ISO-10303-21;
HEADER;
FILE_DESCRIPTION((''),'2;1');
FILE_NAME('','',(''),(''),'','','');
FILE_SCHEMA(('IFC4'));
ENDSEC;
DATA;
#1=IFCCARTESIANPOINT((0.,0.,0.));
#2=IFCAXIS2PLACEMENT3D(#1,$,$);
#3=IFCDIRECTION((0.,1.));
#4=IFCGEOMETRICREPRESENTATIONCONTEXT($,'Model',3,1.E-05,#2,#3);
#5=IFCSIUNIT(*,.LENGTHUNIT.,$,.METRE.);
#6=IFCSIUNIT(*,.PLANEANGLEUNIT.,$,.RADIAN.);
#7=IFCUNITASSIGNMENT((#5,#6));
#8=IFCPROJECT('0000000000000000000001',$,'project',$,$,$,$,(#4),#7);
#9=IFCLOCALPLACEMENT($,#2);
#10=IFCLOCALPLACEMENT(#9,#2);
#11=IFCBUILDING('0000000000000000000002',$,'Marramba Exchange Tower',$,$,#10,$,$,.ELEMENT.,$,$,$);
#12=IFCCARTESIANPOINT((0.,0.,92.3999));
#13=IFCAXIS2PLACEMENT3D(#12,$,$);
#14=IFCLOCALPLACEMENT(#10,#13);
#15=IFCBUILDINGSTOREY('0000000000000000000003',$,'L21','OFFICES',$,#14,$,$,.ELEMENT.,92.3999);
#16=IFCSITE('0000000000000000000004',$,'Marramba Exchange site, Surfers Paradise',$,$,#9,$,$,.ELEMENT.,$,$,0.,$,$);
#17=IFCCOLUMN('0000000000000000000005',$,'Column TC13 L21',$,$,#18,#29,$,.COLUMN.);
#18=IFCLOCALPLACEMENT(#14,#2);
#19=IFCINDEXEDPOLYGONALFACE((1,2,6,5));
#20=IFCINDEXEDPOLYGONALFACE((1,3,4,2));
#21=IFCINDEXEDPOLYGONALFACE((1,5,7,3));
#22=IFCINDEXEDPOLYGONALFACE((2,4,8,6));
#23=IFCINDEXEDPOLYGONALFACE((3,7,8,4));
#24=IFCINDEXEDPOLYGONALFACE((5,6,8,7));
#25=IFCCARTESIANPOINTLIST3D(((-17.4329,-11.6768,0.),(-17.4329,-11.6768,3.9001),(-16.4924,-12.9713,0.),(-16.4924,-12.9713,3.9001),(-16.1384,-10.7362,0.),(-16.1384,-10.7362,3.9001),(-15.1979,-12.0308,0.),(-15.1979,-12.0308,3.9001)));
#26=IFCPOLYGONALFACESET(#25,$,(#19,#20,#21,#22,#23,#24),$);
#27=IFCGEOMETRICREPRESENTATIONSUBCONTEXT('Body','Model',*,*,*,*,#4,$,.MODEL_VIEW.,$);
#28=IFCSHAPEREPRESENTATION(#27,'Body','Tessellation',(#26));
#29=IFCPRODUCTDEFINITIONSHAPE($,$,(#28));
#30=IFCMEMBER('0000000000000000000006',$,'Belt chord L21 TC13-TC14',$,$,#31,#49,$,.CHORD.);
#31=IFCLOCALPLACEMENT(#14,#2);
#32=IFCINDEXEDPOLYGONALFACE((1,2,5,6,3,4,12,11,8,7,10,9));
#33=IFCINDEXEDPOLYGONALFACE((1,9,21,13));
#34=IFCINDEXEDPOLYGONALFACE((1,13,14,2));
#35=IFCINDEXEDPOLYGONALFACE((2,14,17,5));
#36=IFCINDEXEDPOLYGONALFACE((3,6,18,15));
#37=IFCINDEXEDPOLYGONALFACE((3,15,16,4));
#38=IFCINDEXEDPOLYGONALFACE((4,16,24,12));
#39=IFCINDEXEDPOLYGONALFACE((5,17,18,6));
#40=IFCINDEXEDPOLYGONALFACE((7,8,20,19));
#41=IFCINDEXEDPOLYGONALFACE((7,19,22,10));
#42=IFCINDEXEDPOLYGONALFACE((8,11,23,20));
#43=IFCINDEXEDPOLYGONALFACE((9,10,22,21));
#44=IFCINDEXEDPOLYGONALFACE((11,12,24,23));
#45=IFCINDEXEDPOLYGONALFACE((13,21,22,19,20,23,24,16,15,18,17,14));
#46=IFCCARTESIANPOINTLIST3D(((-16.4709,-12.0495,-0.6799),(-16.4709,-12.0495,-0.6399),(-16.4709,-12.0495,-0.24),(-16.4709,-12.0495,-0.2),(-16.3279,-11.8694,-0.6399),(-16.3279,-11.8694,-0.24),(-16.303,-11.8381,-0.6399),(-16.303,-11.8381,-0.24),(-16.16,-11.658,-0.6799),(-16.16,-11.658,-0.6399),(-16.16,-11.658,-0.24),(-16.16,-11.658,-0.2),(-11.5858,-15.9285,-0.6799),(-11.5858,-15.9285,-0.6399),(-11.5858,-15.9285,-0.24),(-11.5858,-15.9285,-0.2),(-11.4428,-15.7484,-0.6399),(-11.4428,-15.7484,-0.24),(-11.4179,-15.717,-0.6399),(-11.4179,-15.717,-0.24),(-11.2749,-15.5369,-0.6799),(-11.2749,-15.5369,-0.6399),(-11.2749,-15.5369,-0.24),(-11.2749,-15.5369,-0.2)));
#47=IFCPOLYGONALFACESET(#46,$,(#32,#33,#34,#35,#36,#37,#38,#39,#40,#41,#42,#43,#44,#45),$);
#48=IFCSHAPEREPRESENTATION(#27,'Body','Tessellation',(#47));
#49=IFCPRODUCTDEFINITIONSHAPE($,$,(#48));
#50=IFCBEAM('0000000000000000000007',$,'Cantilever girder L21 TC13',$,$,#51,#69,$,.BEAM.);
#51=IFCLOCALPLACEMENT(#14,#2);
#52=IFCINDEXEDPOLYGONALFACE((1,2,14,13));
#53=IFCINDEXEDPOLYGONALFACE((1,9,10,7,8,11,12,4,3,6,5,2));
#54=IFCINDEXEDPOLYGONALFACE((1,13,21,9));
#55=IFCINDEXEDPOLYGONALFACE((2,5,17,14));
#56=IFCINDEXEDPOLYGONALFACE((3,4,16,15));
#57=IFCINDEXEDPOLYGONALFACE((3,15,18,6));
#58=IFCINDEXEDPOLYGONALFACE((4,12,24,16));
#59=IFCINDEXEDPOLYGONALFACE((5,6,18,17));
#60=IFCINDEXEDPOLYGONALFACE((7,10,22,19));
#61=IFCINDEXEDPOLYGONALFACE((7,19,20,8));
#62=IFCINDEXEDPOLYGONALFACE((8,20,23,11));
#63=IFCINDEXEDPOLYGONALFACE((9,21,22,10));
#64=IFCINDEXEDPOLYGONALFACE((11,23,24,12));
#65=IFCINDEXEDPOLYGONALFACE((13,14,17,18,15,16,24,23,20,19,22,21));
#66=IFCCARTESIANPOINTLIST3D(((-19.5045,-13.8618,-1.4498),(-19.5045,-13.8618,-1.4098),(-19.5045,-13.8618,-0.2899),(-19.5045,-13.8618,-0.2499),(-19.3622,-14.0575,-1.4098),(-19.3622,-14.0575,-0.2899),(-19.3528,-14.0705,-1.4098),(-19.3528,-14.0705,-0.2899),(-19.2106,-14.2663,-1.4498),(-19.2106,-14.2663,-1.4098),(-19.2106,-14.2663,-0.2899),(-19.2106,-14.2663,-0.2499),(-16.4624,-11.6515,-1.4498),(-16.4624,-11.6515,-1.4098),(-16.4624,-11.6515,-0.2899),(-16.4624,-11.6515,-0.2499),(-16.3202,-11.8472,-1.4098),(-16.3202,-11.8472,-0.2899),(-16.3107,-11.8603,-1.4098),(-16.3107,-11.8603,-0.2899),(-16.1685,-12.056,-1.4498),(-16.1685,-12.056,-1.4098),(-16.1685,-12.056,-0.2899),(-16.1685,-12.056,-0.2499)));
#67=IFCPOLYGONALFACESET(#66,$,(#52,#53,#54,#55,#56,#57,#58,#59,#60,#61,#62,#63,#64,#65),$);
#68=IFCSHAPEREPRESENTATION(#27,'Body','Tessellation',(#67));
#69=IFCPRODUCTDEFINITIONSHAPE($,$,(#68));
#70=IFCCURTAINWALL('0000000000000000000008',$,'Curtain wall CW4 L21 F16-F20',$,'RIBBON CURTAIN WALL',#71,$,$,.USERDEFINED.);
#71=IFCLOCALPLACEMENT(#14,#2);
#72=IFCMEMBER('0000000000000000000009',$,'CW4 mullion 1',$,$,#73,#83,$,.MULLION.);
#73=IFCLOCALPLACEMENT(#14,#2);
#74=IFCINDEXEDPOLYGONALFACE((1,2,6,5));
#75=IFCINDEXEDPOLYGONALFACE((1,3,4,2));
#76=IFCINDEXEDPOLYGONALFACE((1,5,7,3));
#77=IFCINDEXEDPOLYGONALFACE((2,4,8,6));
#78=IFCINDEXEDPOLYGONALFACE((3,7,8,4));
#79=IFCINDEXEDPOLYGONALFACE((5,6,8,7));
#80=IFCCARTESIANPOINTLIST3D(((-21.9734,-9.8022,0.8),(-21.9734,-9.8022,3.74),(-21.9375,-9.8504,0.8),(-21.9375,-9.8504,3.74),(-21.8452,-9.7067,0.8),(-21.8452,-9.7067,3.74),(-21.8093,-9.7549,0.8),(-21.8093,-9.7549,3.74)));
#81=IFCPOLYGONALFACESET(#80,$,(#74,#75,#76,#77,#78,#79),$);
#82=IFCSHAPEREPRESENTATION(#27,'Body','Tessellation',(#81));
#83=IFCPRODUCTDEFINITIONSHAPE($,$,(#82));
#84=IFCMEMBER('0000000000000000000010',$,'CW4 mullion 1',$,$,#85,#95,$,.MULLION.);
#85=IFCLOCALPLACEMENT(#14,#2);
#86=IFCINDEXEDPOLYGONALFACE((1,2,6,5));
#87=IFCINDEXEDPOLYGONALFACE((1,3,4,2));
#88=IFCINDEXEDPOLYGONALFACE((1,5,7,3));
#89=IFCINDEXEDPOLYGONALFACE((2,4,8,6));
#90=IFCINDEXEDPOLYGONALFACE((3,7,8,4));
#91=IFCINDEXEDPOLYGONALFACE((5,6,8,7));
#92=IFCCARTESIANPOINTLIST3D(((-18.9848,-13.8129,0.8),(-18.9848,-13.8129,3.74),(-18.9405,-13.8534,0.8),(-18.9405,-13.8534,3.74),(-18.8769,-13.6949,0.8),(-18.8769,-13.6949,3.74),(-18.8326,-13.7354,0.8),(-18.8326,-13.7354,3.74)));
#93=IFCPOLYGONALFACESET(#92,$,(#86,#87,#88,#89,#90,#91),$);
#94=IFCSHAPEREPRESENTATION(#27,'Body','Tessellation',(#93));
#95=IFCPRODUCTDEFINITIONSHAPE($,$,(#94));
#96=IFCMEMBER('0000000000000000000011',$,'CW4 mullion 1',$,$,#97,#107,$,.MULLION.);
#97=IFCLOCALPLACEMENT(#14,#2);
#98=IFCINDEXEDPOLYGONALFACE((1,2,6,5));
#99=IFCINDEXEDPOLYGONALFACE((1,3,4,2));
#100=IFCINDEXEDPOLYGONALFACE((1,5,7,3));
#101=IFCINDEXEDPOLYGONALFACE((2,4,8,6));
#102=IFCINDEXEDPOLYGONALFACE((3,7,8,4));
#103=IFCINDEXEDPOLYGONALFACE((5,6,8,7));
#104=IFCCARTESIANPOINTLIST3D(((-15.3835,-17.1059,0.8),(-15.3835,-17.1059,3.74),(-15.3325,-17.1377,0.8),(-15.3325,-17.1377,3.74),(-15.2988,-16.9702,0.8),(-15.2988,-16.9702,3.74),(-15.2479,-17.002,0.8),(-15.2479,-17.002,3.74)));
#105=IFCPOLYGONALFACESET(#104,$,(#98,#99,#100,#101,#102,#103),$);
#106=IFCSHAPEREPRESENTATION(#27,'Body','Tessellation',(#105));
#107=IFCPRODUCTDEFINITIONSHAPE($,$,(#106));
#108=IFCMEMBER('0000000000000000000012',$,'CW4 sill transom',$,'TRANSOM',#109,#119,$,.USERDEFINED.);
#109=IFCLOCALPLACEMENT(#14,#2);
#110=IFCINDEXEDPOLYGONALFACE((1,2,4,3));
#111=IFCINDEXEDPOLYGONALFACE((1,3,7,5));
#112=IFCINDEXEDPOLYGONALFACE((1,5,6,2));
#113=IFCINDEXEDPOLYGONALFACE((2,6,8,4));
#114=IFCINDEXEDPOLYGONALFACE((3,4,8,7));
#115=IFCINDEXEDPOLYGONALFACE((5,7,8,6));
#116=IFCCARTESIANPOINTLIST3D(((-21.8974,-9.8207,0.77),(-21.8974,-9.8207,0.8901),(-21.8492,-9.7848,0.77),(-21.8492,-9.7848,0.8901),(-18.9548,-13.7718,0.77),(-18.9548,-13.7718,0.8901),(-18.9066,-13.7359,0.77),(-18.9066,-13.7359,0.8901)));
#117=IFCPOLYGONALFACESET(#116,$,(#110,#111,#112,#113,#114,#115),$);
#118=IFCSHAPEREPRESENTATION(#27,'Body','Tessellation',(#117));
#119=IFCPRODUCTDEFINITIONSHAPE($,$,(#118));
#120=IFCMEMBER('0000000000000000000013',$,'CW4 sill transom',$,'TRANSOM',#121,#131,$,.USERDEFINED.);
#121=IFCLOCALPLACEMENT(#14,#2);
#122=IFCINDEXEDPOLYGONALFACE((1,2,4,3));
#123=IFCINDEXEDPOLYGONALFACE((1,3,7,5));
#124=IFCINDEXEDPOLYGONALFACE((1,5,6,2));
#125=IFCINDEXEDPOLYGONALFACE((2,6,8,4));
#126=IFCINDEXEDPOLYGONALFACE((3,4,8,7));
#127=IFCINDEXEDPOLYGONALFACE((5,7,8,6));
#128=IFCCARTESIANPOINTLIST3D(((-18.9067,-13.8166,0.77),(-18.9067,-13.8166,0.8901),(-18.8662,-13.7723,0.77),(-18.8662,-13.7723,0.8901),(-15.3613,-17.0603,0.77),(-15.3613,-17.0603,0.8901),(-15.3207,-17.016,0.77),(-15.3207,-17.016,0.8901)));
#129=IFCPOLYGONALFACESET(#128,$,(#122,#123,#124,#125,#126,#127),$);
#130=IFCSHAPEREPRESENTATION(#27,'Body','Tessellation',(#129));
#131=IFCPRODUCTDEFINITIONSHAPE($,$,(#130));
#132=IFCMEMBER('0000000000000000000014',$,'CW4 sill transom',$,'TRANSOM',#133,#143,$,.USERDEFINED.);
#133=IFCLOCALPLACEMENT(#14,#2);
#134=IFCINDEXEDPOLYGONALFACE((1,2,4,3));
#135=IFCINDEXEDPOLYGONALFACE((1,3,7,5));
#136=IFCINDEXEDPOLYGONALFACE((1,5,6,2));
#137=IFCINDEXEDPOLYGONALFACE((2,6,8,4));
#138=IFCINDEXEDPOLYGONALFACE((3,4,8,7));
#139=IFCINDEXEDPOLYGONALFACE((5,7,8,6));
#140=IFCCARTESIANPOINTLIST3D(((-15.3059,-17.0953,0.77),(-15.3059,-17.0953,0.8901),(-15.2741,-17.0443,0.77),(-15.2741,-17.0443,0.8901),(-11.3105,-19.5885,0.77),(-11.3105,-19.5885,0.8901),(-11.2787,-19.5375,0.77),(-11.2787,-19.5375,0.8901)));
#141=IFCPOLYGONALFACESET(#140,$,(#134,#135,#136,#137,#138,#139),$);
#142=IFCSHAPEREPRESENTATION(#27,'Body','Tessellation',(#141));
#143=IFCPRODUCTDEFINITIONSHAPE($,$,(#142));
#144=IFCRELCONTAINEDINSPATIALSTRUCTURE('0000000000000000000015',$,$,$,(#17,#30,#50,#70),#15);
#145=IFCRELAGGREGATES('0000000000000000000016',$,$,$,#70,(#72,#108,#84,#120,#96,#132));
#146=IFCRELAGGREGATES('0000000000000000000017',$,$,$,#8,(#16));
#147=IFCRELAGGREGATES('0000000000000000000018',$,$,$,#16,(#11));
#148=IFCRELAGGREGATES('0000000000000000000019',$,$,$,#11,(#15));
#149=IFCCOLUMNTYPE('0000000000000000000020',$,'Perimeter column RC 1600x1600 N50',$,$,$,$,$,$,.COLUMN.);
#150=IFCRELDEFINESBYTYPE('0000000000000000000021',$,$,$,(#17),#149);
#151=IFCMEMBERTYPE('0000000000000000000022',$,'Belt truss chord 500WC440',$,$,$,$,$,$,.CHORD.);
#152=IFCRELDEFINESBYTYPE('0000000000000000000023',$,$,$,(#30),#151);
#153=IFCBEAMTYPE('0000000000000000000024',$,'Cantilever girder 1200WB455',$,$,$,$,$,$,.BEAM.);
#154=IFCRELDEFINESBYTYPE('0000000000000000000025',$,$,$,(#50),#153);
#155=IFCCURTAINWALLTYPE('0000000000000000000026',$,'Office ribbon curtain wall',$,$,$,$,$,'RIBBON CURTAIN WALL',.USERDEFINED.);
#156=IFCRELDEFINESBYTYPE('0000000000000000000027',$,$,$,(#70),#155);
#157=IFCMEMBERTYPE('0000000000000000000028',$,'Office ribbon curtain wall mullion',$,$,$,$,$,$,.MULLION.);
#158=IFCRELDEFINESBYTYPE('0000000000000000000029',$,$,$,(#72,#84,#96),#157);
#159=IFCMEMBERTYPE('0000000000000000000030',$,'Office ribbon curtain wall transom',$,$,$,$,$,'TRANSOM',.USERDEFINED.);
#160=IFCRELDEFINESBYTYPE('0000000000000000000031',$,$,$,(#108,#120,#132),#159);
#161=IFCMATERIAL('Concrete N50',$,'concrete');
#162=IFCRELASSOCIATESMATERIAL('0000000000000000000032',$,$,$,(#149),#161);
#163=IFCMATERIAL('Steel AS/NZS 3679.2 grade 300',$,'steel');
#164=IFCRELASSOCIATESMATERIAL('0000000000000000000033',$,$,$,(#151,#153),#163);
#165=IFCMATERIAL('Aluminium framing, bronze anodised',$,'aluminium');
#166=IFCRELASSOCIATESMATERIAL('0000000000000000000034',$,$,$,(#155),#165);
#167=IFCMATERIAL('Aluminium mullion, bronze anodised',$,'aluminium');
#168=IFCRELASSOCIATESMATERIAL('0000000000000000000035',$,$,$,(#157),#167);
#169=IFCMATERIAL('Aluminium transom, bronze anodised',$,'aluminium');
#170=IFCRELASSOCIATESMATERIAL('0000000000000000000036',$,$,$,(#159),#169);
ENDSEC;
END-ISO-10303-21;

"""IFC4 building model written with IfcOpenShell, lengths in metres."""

from ifc_helpers import new_model, si_unit, direction, frame, origin, origin_2d, place, context, subcontext, project, spatial, rectangle, i_section, extrude, material, material_profile, profile_set, type_object, element, aggregate, save


model = new_model("IFC4")

# Units and contexts
model_context = context("Model", 3, precision=1e-05, world=origin(), true_north=direction((0.0, 1.0)))
body_context = subcontext(model_context, "Body", "Model", "MODEL_VIEW")
ifc_project = project(units=[si_unit("LENGTHUNIT", "METRE"), si_unit("PLANEANGLEUNIT", "RADIAN")], contexts=[model_context])

# Site, building, storey
site_placement = place(None, origin())
site = spatial("IfcSite", under=ifc_project, at=site_placement, Name="Marramba Exchange site, Surfers Paradise", CompositionType="ELEMENT", RefElevation=0.0)
building_placement = place(site_placement, origin())
building = spatial("IfcBuilding", under=site, at=building_placement, Name="Marramba Exchange Tower", CompositionType="ELEMENT")
storey_placement = place(building_placement, frame((0.0, 0.0, 92.3999)))
storey = spatial("IfcBuildingStorey", under=building, at=storey_placement, Name="L21", Description="OFFICES", CompositionType="ELEMENT", Elevation=92.3999)

# Column
ifc_material_1 = material(Name="Concrete N50", Category="concrete")
ifc_material_profile_1 = material_profile(ifc_material_1, rectangle(XDim=1.6001, YDim=1.6001, at=origin_2d()), Name="RC 1600x1600")
ifc_profile_set_1 = profile_set([ifc_material_profile_1], Name="Concrete N50")
column_type = type_object("IfcColumnType", Name="Perimeter column RC 1600x1600 N50", PredefinedType="COLUMN", material=ifc_profile_set_1)
column_placement = place(storey_placement, frame((-16.3154, -11.8538, 0.0), z_axis=(0.0, 0.0, 1.0), x_axis=(-0.809017, -0.587785, 0.0)))
element("IfcColumn", 1, at=column_placement, inside=storey, type_object=column_type, Name="Column TC13 L21", PredefinedType="COLUMN", context=body_context, shape_type="SweptSolid", body=[
    extrude(rectangle(XDim=1.6001, YDim=1.6001, at=origin_2d()), origin(), (0.0, 0.0, 1.0), 3.9001),
])

# Member
ifc_material_2 = material(Name="Steel AS/NZS 3679.2 grade 300", Category="steel")
ifc_material_profile_2 = material_profile(ifc_material_2, i_section(OverallWidth=0.5, OverallDepth=0.48, WebThickness=0.04, FlangeThickness=0.04, at=origin_2d()), Name="500WC440")
ifc_profile_set_2 = profile_set([ifc_material_profile_2], Name="Steel AS/NZS 3679.2 grade 300")
member_type_1 = type_object("IfcMemberType", Name="Belt truss chord 500WC440", PredefinedType="CHORD", material=ifc_profile_set_2)
member_1_placement = place(storey_placement, frame((-16.3154, -11.8538, -0.4399), z_axis=(0.783139, -0.621846, 0.0), x_axis=(0.621846, 0.783139, 0.0)))
element("IfcMember", 2, at=member_1_placement, inside=storey, type_object=member_type_1, Name="Belt chord L21 TC13-TC14", PredefinedType="CHORD", context=body_context, shape_type="SweptSolid", body=[
    extrude(i_section(OverallWidth=0.5, OverallDepth=0.48, WebThickness=0.04, FlangeThickness=0.04, at=origin_2d()), origin(), (0.0, 0.0, 1.0), 6.2378),
])

# Beam
ifc_material_profile_3 = material_profile(ifc_material_2, i_section(OverallWidth=0.5, OverallDepth=1.2, WebThickness=0.0161, FlangeThickness=0.04, at=origin_2d()), Name="1200WB455")
ifc_profile_set_3 = profile_set([ifc_material_profile_3], Name="Steel AS/NZS 3679.2 grade 300")
beam_type_1 = type_object("IfcBeamType", Name="Cantilever girder 1200WB455", PredefinedType="BEAM", material=ifc_profile_set_3)
beam_1_placement = place(storey_placement, frame((-16.3154, -11.8538, -0.8499), z_axis=(-0.809008, -0.587797, 0.0), x_axis=(0.587797, -0.809008, 0.0)))
element("IfcBeam", 3, at=beam_1_placement, inside=storey, type_object=beam_type_1, Name="Cantilever girder L21 TC13", PredefinedType="BEAM", context=body_context, shape_type="SweptSolid", body=[
    extrude(i_section(OverallWidth=0.5, OverallDepth=1.2, WebThickness=0.0161, FlangeThickness=0.04, at=origin_2d()), origin(), (0.0, 0.0, 1.0), 3.7603),
])

# Curtain wall, members
ifc_material_3 = material(Name="Aluminium framing, bronze anodised", Category="aluminium")
curtain_wall_type = type_object("IfcCurtainWallType", Name="Office ribbon curtain wall", ElementType="RIBBON CURTAIN WALL", PredefinedType="USERDEFINED", material=ifc_material_3)
curtain_wall_placement = place(storey_placement, origin())
curtain_wall = element("IfcCurtainWall", 4, at=curtain_wall_placement, inside=storey, type_object=curtain_wall_type, Name="Curtain wall CW4 L21 F16-F20", ObjectType="RIBBON CURTAIN WALL", PredefinedType="USERDEFINED")
ifc_material_4 = material(Name="Aluminium mullion, bronze anodised", Category="aluminium")
ifc_material_profile_4 = material_profile(ifc_material_4, rectangle(XDim=0.1599, YDim=0.0601, at=origin_2d()), Name="CW4 mullion 60x160")
ifc_profile_set_4 = profile_set([ifc_material_profile_4], Name="Aluminium mullion, bronze anodised")
member_type_2 = type_object("IfcMemberType", Name="Office ribbon curtain wall mullion", PredefinedType="MULLION", material=ifc_profile_set_4)
member_2_placement = place(storey_placement, frame((-21.8914, -9.7786, 0.8), z_axis=(0.0, 0.0, 1.0), x_axis=(0.802014, 0.597305, 0.0)))
member_2 = element("IfcMember", 5, at=member_2_placement, type_object=member_type_2, Name="CW4 mullion 1", PredefinedType="MULLION", context=body_context, shape_type="SweptSolid", body=[
    extrude(rectangle(XDim=0.1599, YDim=0.0601, at=origin_2d()), origin(), (0.0, 0.0, 1.0), 2.9399),
])
member_3_placement = place(storey_placement, frame((-18.9087, -13.7742, 0.8), z_axis=(0.0, 0.0, 1.0), x_axis=(0.674995, 0.737822, 0.0)))
member_3 = element("IfcMember", 6, at=member_3_placement, type_object=member_type_2, Name="CW4 mullion 1", PredefinedType="MULLION", context=body_context, shape_type="SweptSolid", body=[
    extrude(rectangle(XDim=0.1599, YDim=0.0601, at=origin_2d()), origin(), (0.0, 0.0, 1.0), 2.9399),
])
member_4_placement = place(storey_placement, frame((-15.3157, -17.054, 0.8), z_axis=(0.0, 0.0, 1.0), x_axis=(0.529428, 0.848355, 0.0)))
member_4 = element("IfcMember", 7, at=member_4_placement, type_object=member_type_2, Name="CW4 mullion 1", PredefinedType="MULLION", context=body_context, shape_type="SweptSolid", body=[
    extrude(rectangle(XDim=0.1599, YDim=0.0601, at=origin_2d()), origin(), (0.0, 0.0, 1.0), 2.9399),
])
ifc_material_5 = material(Name="Aluminium transom, bronze anodised", Category="aluminium")
ifc_material_profile_5 = material_profile(ifc_material_5, rectangle(XDim=0.0601, YDim=0.1201, at=origin_2d()), Name="CW4 transom 60x120")
ifc_profile_set_5 = profile_set([ifc_material_profile_5], Name="Aluminium transom, bronze anodised")
member_type_3 = type_object("IfcMemberType", Name="Office ribbon curtain wall transom", ElementType="TRANSOM", PredefinedType="USERDEFINED", material=ifc_profile_set_5)
member_5_placement = place(storey_placement, frame((-21.8733, -9.8027, 0.8301), z_axis=(0.597301, -0.802017, 0.0), x_axis=(0.802017, 0.597301, 0.0)))
member_5 = element("IfcMember", 8, at=member_5_placement, type_object=member_type_3, Name="CW4 sill transom", ObjectType="TRANSOM", PredefinedType="USERDEFINED", context=body_context, shape_type="SweptSolid", body=[
    extrude(rectangle(XDim=0.0601, YDim=0.1201, at=origin_2d()), origin(), (0.0, 0.0, 1.0), 4.9265),
])
member_6_placement = place(storey_placement, frame((-18.8865, -13.7944, 0.8301), z_axis=(0.737808, -0.675011, 0.0), x_axis=(0.675011, 0.737808, 0.0)))
member_6 = element("IfcMember", 9, at=member_6_placement, type_object=member_type_3, Name="CW4 sill transom", ObjectType="TRANSOM", PredefinedType="USERDEFINED", context=body_context, shape_type="SweptSolid", body=[
    extrude(rectangle(XDim=0.0601, YDim=0.1201, at=origin_2d()), origin(), (0.0, 0.0, 1.0), 4.8054),
])
member_7_placement = place(storey_placement, frame((-15.29, -17.0698, 0.8301), z_axis=(0.848374, -0.529398, 0.0), x_axis=(0.529398, 0.848374, 0.0)))
member_7 = element("IfcMember", 10, at=member_7_placement, type_object=member_type_3, Name="CW4 sill transom", ObjectType="TRANSOM", PredefinedType="USERDEFINED", context=body_context, shape_type="SweptSolid", body=[
    extrude(rectangle(XDim=0.0601, YDim=0.1201, at=origin_2d()), origin(), (0.0, 0.0, 1.0), 4.7095),
])

aggregate(curtain_wall, [member_2, member_5, member_3, member_6, member_4, member_7])

save(model, "model.ifc")
